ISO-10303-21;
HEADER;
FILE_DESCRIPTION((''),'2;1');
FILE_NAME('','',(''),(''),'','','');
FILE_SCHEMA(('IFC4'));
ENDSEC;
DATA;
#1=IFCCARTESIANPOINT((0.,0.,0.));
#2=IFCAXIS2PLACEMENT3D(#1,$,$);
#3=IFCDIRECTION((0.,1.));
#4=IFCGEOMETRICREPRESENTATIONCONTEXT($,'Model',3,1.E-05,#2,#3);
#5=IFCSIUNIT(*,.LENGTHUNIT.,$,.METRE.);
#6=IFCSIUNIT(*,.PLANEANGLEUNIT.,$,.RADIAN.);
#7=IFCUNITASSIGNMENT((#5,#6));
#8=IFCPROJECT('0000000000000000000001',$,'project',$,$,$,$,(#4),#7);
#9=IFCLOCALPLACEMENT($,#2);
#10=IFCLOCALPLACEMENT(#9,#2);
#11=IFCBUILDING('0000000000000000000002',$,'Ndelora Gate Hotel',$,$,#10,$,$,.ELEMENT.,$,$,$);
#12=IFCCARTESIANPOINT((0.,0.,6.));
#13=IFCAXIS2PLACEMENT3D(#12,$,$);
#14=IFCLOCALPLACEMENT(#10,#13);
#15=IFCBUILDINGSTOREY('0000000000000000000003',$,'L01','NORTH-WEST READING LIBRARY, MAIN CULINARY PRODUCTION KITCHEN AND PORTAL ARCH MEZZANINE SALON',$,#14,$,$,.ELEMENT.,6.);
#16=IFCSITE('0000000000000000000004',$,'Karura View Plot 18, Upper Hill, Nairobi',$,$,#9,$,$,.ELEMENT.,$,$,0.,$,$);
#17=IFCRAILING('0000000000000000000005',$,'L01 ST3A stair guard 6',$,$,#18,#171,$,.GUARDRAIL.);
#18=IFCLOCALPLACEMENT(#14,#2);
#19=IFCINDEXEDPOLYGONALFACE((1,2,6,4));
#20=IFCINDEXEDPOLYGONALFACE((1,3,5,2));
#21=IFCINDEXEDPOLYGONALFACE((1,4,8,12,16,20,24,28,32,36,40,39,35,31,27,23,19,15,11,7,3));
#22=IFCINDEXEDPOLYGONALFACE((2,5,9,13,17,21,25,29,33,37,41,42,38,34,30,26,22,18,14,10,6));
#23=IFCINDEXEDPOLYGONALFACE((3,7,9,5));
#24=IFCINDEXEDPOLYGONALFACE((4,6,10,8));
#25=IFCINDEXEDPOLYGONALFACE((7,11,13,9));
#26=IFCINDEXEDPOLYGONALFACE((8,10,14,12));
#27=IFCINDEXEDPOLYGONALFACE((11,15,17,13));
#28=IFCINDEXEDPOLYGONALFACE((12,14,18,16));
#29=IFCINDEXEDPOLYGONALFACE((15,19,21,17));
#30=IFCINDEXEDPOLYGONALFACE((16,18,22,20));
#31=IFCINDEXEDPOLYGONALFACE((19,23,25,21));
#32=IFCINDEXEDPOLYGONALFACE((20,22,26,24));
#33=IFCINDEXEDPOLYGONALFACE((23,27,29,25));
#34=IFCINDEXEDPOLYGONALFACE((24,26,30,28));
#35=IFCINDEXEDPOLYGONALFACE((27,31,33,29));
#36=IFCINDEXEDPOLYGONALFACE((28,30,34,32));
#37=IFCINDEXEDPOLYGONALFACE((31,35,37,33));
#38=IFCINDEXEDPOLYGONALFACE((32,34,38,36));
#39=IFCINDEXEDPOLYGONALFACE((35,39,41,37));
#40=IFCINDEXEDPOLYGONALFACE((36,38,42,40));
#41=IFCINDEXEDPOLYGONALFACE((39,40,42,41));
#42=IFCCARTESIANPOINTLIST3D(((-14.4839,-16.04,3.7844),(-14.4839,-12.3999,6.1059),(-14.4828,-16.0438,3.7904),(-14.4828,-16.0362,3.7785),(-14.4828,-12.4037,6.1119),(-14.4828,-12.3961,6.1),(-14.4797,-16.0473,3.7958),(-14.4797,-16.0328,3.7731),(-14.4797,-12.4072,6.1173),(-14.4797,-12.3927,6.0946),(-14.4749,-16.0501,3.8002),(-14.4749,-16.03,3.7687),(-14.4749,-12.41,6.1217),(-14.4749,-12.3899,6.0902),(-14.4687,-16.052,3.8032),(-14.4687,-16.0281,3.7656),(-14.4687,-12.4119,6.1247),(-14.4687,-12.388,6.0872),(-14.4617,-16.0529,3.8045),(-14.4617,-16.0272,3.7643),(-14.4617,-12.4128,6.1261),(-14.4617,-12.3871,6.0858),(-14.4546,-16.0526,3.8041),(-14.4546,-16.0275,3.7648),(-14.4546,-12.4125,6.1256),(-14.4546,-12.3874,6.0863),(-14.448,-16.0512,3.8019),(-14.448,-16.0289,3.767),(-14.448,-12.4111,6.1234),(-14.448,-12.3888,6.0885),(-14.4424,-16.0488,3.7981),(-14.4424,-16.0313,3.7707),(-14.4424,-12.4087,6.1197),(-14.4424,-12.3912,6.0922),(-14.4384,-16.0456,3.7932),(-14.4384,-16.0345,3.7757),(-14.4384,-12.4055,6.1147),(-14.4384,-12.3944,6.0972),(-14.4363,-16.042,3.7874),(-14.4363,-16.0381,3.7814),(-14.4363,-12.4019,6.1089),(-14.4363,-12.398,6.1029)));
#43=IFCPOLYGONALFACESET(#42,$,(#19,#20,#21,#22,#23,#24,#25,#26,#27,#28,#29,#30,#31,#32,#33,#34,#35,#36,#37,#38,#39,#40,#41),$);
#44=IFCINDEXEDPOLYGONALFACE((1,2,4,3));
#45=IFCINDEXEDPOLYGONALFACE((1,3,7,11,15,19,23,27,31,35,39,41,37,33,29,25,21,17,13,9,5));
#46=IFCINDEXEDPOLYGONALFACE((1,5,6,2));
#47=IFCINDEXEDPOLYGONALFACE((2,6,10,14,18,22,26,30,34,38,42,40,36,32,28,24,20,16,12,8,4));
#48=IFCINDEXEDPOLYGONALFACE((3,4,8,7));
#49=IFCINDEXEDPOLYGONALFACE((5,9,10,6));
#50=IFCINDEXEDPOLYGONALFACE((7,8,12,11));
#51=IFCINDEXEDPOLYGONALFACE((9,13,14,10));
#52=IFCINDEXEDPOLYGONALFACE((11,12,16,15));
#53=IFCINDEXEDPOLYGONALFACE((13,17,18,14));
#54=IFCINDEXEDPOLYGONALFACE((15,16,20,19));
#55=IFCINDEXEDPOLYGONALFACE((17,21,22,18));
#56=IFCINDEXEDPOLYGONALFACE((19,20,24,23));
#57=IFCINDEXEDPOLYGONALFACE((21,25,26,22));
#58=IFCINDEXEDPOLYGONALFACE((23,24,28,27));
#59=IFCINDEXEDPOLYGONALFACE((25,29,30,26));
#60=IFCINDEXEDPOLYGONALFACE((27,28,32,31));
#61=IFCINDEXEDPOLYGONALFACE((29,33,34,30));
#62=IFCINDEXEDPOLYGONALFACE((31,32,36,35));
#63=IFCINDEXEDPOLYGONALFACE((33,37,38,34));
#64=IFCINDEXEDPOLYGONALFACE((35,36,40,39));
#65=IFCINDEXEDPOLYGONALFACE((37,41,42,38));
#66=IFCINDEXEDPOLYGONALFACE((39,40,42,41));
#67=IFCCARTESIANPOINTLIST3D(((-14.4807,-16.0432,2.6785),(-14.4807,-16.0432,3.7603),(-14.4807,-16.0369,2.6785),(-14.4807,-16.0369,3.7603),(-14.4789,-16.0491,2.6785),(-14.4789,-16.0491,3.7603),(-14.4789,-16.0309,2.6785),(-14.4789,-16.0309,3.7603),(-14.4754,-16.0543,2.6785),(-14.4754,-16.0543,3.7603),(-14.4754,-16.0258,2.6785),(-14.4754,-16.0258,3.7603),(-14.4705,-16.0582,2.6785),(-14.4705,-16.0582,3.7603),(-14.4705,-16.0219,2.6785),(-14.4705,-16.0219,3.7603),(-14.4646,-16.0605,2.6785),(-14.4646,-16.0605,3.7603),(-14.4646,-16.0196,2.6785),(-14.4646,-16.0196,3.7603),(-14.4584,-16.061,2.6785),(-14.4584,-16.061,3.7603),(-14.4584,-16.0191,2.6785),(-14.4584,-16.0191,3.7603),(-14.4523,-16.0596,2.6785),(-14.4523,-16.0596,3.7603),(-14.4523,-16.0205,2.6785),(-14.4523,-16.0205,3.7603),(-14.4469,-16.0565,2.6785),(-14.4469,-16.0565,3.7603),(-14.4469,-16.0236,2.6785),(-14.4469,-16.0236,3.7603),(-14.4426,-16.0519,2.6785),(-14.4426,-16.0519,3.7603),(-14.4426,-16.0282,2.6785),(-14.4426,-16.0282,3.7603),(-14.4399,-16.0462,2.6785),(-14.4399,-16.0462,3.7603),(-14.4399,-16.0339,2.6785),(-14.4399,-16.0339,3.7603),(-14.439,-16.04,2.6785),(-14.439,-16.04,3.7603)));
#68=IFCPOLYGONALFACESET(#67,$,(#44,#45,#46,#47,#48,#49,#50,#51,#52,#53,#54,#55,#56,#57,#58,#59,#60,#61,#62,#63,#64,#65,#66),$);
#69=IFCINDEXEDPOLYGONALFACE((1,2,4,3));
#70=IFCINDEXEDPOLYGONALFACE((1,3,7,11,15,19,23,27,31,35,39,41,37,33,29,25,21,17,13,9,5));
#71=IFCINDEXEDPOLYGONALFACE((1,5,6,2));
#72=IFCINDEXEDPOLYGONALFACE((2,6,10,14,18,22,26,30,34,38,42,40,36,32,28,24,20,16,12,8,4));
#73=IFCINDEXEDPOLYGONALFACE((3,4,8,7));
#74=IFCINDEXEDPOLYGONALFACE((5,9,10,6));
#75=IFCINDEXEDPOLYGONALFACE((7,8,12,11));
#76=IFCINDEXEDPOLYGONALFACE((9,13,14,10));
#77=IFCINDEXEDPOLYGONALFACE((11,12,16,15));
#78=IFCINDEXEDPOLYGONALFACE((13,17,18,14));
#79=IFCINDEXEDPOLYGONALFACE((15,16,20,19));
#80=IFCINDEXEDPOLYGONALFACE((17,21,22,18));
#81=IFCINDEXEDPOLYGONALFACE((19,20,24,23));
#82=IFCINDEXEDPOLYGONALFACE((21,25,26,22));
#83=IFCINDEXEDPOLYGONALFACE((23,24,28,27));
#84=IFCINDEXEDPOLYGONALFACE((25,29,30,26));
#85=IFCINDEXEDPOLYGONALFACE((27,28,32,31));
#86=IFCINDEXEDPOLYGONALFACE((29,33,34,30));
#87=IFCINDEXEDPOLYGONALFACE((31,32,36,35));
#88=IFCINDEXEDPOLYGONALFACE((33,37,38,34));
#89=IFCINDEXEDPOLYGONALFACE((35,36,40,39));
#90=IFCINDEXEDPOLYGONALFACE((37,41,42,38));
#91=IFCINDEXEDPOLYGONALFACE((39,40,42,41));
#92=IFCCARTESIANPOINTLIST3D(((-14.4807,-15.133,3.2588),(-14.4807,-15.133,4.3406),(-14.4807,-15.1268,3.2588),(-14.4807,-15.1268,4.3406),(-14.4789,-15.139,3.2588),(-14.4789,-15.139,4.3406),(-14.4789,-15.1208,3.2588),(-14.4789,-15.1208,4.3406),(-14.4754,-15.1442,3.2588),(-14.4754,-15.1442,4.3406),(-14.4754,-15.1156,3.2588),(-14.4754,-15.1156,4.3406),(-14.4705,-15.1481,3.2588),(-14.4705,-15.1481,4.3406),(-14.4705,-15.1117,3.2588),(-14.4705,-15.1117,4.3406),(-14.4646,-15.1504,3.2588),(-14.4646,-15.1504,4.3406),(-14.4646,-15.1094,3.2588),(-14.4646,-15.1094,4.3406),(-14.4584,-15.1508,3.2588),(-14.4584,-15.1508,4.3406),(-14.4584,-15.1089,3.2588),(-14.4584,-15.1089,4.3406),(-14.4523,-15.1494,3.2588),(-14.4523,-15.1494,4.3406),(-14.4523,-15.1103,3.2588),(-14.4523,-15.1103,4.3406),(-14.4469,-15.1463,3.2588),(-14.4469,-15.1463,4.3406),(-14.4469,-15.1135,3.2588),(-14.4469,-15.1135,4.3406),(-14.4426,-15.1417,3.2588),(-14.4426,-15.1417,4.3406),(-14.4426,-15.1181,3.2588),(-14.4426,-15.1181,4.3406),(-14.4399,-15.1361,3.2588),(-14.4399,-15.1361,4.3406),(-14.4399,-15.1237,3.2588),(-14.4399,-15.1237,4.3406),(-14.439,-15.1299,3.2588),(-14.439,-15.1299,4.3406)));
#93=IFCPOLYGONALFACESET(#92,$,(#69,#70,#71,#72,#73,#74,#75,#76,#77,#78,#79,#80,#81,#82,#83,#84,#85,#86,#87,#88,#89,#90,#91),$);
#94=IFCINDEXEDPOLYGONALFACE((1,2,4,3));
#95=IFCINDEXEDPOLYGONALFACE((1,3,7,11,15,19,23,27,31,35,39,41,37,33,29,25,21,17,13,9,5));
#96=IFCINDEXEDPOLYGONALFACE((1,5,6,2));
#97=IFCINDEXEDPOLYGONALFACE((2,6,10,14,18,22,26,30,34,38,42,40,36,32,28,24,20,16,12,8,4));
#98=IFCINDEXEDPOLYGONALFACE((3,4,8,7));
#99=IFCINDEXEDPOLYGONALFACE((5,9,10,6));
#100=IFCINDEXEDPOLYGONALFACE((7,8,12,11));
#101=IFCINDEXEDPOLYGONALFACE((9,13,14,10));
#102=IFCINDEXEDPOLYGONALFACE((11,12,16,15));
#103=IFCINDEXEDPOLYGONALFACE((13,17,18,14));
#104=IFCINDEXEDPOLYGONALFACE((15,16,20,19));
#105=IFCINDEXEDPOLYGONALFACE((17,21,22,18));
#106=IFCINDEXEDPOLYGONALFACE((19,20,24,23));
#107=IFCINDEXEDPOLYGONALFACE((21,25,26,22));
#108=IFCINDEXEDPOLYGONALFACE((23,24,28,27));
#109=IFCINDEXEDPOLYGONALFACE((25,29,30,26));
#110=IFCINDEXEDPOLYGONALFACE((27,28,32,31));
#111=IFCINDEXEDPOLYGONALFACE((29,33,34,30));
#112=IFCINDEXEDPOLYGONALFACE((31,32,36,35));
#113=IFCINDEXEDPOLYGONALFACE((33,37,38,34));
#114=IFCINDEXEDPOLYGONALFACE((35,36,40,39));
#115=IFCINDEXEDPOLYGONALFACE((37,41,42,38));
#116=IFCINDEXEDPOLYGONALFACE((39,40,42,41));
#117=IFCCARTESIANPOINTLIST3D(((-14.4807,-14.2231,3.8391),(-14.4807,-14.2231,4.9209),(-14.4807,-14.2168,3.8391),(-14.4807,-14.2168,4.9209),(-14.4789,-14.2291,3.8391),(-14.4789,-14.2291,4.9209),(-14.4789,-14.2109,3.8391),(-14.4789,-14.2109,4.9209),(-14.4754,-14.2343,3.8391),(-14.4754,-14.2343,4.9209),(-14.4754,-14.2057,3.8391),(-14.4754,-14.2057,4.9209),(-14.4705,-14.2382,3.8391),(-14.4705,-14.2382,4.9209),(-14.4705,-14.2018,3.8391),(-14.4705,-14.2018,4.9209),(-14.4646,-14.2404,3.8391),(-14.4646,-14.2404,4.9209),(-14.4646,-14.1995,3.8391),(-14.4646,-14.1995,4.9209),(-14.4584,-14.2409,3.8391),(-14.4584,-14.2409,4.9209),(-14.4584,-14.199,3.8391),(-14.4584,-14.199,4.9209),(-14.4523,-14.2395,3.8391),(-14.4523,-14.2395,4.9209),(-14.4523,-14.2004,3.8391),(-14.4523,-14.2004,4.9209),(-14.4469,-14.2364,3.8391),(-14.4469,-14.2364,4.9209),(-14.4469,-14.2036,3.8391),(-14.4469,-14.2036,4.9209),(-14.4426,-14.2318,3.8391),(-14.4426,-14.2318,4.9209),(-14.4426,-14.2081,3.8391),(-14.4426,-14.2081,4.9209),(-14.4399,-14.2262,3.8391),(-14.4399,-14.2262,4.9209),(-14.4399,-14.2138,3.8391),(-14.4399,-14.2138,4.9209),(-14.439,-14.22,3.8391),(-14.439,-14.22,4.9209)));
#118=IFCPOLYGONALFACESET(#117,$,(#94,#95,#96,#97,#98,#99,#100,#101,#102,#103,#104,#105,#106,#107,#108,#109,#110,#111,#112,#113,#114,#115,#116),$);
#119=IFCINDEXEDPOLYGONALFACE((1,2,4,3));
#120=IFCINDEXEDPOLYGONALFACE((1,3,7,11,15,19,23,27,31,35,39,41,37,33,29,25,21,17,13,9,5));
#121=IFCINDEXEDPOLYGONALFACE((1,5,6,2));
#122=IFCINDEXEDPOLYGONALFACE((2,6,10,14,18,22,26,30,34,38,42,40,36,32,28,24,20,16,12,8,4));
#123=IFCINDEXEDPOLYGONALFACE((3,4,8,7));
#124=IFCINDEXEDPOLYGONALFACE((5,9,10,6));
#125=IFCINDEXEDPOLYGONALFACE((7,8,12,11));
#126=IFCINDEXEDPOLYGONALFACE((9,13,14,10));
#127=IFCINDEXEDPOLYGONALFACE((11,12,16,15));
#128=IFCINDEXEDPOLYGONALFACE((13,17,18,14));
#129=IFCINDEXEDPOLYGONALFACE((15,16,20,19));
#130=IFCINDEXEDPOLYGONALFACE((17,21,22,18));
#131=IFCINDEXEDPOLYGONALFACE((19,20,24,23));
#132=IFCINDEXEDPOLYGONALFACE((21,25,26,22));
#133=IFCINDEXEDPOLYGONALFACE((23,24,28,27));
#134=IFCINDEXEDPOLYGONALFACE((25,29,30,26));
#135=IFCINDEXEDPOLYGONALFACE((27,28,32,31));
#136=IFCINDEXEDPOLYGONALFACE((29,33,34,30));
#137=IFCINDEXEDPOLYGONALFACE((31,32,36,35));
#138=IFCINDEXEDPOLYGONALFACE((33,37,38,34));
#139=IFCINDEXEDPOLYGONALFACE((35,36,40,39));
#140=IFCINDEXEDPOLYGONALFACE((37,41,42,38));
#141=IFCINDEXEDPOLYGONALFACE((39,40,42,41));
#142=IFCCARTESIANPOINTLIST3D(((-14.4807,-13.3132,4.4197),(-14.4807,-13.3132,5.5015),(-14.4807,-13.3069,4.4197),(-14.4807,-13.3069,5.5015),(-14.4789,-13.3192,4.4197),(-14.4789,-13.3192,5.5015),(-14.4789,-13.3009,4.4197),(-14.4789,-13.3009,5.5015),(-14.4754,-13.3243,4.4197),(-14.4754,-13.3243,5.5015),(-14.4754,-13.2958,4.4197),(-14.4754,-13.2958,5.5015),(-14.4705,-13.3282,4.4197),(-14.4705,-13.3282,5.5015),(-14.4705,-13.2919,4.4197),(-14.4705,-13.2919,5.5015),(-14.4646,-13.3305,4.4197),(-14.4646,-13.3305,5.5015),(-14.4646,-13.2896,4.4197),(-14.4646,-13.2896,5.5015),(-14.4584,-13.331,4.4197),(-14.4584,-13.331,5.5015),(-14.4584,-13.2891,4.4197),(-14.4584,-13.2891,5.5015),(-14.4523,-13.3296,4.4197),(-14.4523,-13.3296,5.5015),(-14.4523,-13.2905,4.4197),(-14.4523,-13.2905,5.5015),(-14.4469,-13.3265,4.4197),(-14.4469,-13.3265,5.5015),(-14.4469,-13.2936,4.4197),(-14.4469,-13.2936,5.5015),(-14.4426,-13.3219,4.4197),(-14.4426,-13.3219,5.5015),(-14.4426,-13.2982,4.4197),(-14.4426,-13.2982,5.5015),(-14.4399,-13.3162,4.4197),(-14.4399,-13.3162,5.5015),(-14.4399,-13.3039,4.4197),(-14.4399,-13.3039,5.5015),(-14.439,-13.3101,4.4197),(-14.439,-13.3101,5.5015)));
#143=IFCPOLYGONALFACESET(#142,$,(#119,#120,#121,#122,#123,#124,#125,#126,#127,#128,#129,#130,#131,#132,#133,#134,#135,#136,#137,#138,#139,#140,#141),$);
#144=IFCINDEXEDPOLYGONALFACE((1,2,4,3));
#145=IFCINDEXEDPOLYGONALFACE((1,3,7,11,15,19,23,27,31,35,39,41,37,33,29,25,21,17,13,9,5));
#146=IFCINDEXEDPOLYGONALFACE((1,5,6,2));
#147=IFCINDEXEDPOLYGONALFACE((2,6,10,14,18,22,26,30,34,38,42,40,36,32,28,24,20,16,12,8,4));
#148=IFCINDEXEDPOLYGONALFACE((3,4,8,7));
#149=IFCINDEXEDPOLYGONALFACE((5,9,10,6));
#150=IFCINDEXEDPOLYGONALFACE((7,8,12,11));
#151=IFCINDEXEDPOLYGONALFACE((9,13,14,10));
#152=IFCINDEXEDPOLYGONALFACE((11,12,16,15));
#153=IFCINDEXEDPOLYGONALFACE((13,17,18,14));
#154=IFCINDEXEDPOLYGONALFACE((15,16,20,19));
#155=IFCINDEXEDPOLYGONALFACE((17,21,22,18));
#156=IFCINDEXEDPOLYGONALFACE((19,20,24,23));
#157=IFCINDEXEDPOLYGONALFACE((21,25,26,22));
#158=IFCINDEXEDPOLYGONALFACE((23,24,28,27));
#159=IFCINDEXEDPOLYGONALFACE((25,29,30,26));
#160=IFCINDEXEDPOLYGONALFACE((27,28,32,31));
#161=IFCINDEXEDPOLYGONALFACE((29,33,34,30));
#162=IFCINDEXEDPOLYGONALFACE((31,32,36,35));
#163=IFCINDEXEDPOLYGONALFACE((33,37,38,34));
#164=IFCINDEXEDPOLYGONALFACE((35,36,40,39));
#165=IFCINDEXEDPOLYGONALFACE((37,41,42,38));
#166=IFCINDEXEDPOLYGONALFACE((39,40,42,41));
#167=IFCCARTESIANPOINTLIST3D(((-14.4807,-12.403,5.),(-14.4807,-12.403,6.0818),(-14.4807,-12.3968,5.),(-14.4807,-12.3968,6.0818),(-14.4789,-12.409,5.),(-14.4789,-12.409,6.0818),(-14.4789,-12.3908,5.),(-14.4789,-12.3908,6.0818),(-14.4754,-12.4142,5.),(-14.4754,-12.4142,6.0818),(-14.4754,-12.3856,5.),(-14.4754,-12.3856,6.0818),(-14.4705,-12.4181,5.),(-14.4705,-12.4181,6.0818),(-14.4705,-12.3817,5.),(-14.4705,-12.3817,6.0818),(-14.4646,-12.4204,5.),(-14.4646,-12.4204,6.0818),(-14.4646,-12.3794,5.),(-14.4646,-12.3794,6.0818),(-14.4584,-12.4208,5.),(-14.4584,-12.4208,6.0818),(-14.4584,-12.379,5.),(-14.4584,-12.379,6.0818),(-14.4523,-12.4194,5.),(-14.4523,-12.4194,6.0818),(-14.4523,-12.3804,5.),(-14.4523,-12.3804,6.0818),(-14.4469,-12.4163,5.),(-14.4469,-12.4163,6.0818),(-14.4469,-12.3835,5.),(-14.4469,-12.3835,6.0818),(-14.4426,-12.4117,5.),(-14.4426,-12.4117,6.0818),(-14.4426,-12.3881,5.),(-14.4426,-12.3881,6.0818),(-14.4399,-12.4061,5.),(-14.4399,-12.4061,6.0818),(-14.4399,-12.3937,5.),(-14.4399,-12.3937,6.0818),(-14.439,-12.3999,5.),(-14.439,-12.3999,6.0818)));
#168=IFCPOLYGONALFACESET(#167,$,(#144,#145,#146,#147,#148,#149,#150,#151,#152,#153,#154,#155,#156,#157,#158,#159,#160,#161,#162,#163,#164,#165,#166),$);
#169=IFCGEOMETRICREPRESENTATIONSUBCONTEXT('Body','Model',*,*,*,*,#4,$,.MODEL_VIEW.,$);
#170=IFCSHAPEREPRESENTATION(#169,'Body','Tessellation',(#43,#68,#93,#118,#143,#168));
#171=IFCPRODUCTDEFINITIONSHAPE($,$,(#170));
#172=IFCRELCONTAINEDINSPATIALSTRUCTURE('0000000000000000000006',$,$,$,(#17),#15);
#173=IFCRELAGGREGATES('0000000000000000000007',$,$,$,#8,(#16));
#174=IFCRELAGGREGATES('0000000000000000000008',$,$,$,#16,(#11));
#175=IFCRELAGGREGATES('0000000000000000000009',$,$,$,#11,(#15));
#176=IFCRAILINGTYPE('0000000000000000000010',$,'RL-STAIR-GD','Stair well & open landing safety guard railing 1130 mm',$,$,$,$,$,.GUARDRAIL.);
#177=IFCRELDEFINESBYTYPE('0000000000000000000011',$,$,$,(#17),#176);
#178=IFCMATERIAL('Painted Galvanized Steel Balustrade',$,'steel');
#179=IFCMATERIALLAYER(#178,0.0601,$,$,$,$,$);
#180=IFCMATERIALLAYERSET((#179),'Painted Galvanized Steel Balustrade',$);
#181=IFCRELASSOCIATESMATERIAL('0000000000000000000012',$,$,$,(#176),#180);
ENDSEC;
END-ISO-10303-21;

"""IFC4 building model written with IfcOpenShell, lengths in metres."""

from ifc_helpers import new_model, si_unit, direction, frame, origin, origin_2d, place, context, subcontext, project, spatial, circle, extrude, material, layer, layer_set, type_object, element, save


model = new_model("IFC4")

# Units and contexts
model_context = context("Model", 3, precision=1e-05, world=origin(), true_north=direction((0.0, 1.0)))
body_context = subcontext(model_context, "Body", "Model", "MODEL_VIEW")
ifc_project = project(units=[si_unit("LENGTHUNIT", "METRE"), si_unit("PLANEANGLEUNIT", "RADIAN")], contexts=[model_context])

# Site, building, storey
site_placement = place(None, origin())
site = spatial("IfcSite", under=ifc_project, at=site_placement, Name="Karura View Plot 18, Upper Hill, Nairobi", CompositionType="ELEMENT", RefElevation=0.0)
building_placement = place(site_placement, origin())
building = spatial("IfcBuilding", under=site, at=building_placement, Name="Ndelora Gate Hotel", CompositionType="ELEMENT")
storey_placement = place(building_placement, frame((0.0, 0.0, 6.0)))
storey = spatial("IfcBuildingStorey", under=building, at=storey_placement, Name="L01", Description="NORTH-WEST READING LIBRARY, MAIN CULINARY PRODUCTION KITCHEN AND PORTAL ARCH MEZZANINE SALON", CompositionType="ELEMENT", Elevation=6.0)

# Railing
ifc_material_1 = material(Name="Painted Galvanized Steel Balustrade", Category="steel")
ifc_layer_1 = layer(ifc_material_1, 0.0601)
ifc_layer_set_1 = layer_set([ifc_layer_1], Name="Painted Galvanized Steel Balustrade")
railing_type_1 = type_object("IfcRailingType", Name="RL-STAIR-GD", Description="Stair well & open landing safety guard railing 1130 mm", PredefinedType="GUARDRAIL", material=ifc_layer_set_1)
railing_1_placement = place(storey_placement, frame((-14.46, -16.04, 2.6785)))
element("IfcRailing", 1, at=railing_1_placement, inside=storey, type_object=railing_type_1, Name="L01 ST3A stair guard 6", PredefinedType="GUARDRAIL", context=body_context, shape_type="SweptSolid", body=[
    extrude(circle(Radius=0.0239, at=origin_2d()), frame((0.0, 0.0, 1.106), z_axis=(0.0, 0.843128, 0.537713), x_axis=(-1.0, 0.0, 0.0)), (0.0, 0.0, 1.0), 4.3174),
    extrude(circle(Radius=0.021, at=origin_2d()), origin(), (0.0, 0.0, 1.0), 1.0818),
    extrude(circle(Radius=0.021, at=origin_2d()), frame((0.0, 0.9102, 0.5803)), (0.0, 0.0, 1.0), 1.0818),
    extrude(circle(Radius=0.021, at=origin_2d()), frame((0.0, 1.8201, 1.1606)), (0.0, 0.0, 1.0), 1.0818),
    extrude(circle(Radius=0.021, at=origin_2d()), frame((0.0, 2.73, 1.7412)), (0.0, 0.0, 1.0), 1.0818),
    extrude(circle(Radius=0.021, at=origin_2d()), frame((0.0, 3.6401, 2.3215)), (0.0, 0.0, 1.0), 1.0818),
])

save(model, "model.ifc")
